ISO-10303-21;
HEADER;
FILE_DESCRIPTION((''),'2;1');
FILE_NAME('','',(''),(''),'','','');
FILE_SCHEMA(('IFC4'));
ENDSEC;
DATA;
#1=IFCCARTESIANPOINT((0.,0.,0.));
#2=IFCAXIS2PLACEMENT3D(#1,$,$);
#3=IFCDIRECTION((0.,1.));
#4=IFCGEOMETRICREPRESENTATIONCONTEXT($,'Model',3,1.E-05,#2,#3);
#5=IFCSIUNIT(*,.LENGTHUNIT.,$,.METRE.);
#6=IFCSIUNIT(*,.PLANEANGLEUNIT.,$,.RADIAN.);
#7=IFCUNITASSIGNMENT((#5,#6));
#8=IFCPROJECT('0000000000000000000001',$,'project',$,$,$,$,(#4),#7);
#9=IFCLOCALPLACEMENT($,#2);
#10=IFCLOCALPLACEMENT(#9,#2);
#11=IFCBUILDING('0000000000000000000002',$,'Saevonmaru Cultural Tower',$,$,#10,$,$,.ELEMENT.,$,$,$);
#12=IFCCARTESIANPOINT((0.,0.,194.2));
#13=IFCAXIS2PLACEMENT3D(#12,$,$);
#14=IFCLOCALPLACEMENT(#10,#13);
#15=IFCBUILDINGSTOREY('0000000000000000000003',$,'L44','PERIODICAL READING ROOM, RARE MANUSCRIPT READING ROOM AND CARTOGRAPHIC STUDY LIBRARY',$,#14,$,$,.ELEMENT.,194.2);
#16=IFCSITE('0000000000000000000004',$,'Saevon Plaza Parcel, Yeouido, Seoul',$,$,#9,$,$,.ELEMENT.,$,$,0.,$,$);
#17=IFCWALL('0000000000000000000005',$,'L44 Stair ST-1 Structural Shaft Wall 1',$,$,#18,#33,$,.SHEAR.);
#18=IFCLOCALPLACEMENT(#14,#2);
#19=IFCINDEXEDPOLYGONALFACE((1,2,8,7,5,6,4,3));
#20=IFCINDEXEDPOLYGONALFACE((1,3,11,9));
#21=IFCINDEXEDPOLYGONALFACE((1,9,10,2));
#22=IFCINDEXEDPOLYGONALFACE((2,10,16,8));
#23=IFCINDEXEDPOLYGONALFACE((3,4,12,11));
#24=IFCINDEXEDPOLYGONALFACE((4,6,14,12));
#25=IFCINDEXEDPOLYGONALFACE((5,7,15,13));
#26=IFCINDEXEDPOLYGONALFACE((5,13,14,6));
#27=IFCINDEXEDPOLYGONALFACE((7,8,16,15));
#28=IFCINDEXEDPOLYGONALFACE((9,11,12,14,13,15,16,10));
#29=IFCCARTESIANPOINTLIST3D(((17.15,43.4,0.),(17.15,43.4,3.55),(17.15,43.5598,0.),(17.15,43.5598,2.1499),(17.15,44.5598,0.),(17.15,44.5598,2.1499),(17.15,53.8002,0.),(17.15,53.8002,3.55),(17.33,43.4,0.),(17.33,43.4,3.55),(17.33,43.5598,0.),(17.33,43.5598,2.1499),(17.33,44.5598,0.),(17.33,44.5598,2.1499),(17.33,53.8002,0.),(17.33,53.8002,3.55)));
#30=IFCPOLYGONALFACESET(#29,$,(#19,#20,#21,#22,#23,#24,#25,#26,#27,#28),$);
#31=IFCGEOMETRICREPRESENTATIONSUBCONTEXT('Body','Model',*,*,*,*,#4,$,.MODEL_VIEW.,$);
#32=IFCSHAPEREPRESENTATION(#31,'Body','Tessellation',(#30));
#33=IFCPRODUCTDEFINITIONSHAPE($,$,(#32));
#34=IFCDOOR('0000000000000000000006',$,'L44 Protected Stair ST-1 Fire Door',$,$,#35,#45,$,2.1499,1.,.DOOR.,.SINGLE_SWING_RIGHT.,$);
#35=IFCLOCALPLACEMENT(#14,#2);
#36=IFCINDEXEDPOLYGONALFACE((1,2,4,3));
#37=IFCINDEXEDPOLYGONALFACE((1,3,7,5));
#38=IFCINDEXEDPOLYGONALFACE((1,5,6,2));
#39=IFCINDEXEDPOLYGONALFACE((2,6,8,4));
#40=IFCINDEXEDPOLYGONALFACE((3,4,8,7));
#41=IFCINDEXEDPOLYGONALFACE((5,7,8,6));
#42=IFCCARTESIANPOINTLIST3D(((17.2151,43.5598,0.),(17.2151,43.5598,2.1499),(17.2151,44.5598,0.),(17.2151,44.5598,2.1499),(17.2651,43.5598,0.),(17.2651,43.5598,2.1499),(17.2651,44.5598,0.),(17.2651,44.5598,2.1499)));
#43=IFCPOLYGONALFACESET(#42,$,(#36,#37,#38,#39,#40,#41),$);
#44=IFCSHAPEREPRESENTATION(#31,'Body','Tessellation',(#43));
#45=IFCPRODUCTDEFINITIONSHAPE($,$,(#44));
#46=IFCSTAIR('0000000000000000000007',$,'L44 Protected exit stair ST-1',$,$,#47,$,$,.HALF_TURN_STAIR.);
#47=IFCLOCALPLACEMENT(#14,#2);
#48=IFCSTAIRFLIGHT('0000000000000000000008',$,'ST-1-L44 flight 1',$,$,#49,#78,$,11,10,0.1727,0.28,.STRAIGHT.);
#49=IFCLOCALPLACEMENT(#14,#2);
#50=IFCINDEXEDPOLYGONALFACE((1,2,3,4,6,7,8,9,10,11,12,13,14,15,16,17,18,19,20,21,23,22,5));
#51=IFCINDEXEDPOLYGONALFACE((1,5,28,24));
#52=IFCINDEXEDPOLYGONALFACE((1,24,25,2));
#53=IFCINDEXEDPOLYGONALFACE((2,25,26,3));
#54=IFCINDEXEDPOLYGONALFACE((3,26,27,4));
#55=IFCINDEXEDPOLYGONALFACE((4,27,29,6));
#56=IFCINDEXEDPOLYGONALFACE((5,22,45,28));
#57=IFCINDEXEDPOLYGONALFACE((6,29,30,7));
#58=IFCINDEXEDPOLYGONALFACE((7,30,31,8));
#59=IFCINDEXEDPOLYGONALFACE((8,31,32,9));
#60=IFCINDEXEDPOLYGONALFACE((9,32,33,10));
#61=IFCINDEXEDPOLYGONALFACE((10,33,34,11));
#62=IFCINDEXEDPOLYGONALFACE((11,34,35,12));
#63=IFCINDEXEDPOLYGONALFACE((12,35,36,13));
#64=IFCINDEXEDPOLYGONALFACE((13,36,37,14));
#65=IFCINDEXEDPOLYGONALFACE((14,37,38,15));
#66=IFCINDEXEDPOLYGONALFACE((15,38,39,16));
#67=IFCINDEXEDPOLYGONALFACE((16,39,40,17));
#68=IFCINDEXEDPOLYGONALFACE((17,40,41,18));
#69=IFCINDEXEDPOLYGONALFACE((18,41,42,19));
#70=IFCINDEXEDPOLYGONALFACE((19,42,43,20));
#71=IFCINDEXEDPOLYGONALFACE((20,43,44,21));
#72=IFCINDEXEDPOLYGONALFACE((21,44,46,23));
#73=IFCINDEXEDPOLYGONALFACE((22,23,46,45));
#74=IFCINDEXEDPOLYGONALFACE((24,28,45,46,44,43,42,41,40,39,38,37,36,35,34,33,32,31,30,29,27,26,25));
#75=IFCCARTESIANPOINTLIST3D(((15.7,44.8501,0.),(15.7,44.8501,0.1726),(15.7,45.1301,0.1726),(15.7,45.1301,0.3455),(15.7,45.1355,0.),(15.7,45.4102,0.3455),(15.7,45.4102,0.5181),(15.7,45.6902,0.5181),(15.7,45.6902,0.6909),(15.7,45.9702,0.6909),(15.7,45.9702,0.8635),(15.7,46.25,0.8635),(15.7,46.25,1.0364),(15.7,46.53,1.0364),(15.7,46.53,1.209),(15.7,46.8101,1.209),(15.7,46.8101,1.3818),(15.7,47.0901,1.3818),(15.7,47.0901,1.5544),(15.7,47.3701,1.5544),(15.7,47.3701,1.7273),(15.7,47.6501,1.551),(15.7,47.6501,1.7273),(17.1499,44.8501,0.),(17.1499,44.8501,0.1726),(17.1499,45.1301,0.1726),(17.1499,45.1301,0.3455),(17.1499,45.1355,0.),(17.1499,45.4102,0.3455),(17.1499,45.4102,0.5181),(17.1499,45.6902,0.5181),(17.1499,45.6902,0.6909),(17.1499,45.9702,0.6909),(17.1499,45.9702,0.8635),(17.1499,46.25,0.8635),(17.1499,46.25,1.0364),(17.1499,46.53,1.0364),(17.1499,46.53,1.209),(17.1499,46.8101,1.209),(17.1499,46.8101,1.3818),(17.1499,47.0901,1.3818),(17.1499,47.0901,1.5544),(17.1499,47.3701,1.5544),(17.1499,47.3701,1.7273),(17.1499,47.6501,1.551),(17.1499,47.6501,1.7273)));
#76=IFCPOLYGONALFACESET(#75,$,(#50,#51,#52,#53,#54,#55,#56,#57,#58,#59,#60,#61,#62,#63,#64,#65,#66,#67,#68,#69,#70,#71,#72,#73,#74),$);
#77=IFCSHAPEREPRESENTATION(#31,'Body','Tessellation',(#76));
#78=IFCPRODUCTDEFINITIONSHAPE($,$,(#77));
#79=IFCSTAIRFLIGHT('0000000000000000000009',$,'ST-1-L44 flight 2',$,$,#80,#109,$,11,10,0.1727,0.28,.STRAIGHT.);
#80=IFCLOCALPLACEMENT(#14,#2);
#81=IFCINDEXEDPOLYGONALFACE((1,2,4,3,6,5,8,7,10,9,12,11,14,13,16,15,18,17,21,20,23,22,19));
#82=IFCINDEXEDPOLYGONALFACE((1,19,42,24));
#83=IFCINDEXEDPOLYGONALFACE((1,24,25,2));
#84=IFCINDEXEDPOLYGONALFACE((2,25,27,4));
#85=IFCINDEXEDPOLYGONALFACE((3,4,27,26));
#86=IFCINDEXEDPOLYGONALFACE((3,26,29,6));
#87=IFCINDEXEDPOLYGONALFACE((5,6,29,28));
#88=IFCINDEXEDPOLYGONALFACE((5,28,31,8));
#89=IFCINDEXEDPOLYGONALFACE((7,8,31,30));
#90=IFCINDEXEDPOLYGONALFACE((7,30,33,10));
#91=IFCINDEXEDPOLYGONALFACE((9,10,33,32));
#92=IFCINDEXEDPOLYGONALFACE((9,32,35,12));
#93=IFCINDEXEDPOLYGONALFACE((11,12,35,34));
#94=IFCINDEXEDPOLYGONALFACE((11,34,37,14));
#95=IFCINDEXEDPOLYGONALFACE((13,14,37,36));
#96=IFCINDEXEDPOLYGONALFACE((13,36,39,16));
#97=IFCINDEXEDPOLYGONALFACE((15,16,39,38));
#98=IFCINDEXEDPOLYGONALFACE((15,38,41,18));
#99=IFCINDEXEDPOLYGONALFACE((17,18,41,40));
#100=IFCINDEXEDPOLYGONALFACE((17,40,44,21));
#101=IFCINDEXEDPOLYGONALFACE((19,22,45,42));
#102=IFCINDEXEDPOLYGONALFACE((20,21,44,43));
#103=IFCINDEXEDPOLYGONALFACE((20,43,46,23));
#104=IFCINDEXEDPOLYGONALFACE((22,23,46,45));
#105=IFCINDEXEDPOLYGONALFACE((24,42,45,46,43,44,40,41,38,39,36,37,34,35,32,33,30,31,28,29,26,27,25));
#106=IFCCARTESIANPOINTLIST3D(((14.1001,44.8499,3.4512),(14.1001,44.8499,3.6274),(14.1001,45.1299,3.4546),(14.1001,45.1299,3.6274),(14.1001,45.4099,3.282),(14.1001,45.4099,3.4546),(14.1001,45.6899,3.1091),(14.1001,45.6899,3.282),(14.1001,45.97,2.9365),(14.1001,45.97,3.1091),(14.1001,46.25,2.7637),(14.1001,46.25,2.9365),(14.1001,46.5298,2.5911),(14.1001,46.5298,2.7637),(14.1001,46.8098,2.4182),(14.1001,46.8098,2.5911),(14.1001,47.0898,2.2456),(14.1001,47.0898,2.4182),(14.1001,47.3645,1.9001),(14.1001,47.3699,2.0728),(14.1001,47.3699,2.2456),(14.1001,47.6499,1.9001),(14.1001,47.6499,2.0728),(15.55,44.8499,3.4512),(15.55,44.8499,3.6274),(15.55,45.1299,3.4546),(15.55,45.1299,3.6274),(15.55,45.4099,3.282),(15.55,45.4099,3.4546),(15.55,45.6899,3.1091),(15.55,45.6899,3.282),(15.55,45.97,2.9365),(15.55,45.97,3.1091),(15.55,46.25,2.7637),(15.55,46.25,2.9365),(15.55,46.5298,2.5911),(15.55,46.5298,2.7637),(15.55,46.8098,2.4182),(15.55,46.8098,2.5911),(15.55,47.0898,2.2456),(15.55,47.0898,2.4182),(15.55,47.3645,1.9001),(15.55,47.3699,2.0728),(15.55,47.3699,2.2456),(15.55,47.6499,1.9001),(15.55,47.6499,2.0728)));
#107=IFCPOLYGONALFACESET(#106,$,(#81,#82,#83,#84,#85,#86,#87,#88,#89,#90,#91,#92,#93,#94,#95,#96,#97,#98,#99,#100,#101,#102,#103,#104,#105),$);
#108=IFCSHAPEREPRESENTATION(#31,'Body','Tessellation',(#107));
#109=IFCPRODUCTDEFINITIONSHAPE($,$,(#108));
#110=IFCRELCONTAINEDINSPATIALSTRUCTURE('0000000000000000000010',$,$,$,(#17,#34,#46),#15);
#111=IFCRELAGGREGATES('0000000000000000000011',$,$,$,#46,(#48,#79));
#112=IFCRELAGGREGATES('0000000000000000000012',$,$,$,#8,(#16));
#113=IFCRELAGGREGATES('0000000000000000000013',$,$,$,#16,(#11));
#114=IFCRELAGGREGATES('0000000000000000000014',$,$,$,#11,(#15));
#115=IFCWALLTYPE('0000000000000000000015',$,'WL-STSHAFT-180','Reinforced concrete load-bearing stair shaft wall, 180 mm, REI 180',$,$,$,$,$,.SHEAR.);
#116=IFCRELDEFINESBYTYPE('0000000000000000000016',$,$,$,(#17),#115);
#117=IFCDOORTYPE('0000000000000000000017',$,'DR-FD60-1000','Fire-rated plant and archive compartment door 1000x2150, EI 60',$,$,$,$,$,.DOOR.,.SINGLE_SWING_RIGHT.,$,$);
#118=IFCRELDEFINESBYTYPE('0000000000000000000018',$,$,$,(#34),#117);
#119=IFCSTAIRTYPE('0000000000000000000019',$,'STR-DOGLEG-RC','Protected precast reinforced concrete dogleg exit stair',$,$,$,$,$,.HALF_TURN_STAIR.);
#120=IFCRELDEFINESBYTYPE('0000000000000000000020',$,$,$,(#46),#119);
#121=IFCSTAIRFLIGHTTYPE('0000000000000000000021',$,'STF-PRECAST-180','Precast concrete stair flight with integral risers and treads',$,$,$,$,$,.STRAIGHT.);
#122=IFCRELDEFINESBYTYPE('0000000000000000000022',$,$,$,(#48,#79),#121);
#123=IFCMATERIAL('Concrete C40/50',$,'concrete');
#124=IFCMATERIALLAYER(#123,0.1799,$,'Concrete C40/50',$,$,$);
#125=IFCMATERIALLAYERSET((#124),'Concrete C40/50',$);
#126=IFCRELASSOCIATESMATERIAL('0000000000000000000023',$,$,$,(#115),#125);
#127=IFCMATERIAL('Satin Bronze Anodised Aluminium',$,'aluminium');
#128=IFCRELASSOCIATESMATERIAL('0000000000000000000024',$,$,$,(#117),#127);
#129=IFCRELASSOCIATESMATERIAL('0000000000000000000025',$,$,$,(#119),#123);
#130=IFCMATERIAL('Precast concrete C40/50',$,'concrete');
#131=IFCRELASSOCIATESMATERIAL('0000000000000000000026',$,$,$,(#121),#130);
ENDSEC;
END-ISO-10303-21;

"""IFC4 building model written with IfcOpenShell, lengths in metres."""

from ifc_helpers import new_model, si_unit, direction, frame, frame_2d, origin, place, context, subcontext, project, spatial, polyline, rectangle, outline, extrude, material, layer, layer_set, type_object, element, fill, aggregate, save


model = new_model("IFC4")

# Units and contexts
model_context = context("Model", 3, precision=1e-05, world=origin(), true_north=direction((0.0, 1.0)))
body_context = subcontext(model_context, "Body", "Model", "MODEL_VIEW")
ifc_project = project(units=[si_unit("LENGTHUNIT", "METRE"), si_unit("PLANEANGLEUNIT", "RADIAN")], contexts=[model_context])

# Site, building, storey
site_placement = place(None, origin())
site = spatial("IfcSite", under=ifc_project, at=site_placement, Name="Saevon Plaza Parcel, Yeouido, Seoul", CompositionType="ELEMENT", RefElevation=0.0)
building_placement = place(site_placement, origin())
building = spatial("IfcBuilding", under=site, at=building_placement, Name="Saevonmaru Cultural Tower", CompositionType="ELEMENT")
storey_placement = place(building_placement, frame((0.0, 0.0, 194.2)))
storey = spatial("IfcBuildingStorey", under=building, at=storey_placement, Name="L44", Description="PERIODICAL READING ROOM, RARE MANUSCRIPT READING ROOM AND CARTOGRAPHIC STUDY LIBRARY", CompositionType="ELEMENT", Elevation=194.2)

# Shared definitions
ifc_material_1 = material(Name="Satin Bronze Anodised Aluminium", Category="aluminium")

# Shared definitions
ifc_material_2 = material(Name="Concrete C40/50", Category="concrete")

# Wall, opening, door
ifc_layer_1 = layer(ifc_material_2, 0.1799, Name="Concrete C40/50")
ifc_layer_set_1 = layer_set([ifc_layer_1], Name="Concrete C40/50")
wall_type_1 = type_object("IfcWallType", Name="WL-STSHAFT-180", Description="Reinforced concrete load-bearing stair shaft wall, 180 mm, REI 180", PredefinedType="SHEAR", material=ifc_layer_set_1)
wall_1_placement = place(storey_placement, frame((17.24, 43.3999, 0.0), z_axis=(0.0, 0.0, 1.0), x_axis=(0.0, 1.0, 0.0)))
wall_1 = element("IfcWall", 1, at=wall_1_placement, inside=storey, type_object=wall_type_1, Name="L44 Stair ST-1 Structural Shaft Wall 1", PredefinedType="SHEAR", context=body_context, shape_type="SweptSolid", body=[
    extrude(rectangle(XDim=10.4001, YDim=0.1799, at=frame_2d((5.2002, 0.0))), origin(), (0.0, 0.0, 1.0), 3.55),
])
opening_1_placement = place(wall_1_placement, frame((0.1599, 0.0, 0.0)))
opening_1 = element("IfcOpeningElement", 2, at=opening_1_placement, cuts=wall_1, PredefinedType="OPENING", context=body_context, shape_type="SweptSolid", body=[
    extrude(rectangle(XDim=1.0, YDim=2.1499, at=frame_2d((0.5, 1.075))), frame((0.0, 0.1001, 0.0), z_axis=(0.0, -1.0, 0.0), x_axis=(1.0, 0.0, 0.0)), (0.0, 0.0, 1.0), 0.2),
])
door_type_1 = type_object("IfcDoorType", Name="DR-FD60-1000", Description="Fire-rated plant and archive compartment door 1000x2150, EI 60", OperationType="SINGLE_SWING_RIGHT", PredefinedType="DOOR", material=ifc_material_1)
door_1_placement = place(opening_1_placement, origin())
door_1 = element("IfcDoor", 3, at=door_1_placement, inside=storey, type_object=door_type_1, Name="L44 Protected Stair ST-1 Fire Door", OperationType="SINGLE_SWING_RIGHT", OverallHeight=2.1499, OverallWidth=1.0, PredefinedType="DOOR", context=body_context, shape_type="SweptSolid", body=[
    extrude(rectangle(XDim=1.0, YDim=2.1499, at=frame_2d((0.5, 1.075))), frame((0.0, 0.0249, 0.0), z_axis=(0.0, -1.0, 0.0), x_axis=(1.0, 0.0, 0.0)), (0.0, 0.0, 1.0), 0.05),
])
fill(opening_1, door_1)

# Stair, stair flights
stair_type = type_object("IfcStairType", Name="STR-DOGLEG-RC", Description="Protected precast reinforced concrete dogleg exit stair", PredefinedType="HALF_TURN_STAIR", material=ifc_material_2)
stair_placement = place(storey_placement, origin())
stair = element("IfcStair", 4, at=stair_placement, inside=storey, type_object=stair_type, Name="L44 Protected exit stair ST-1", PredefinedType="HALF_TURN_STAIR")
ifc_material_3 = material(Name="Precast concrete C40/50", Category="concrete")
stair_flight_type = type_object("IfcStairFlightType", Name="STF-PRECAST-180", Description="Precast concrete stair flight with integral risers and treads", PredefinedType="STRAIGHT", material=ifc_material_3)
stair_flight_1_placement = place(storey_placement, frame((16.425, 44.8501, 0.0), z_axis=(0.0, 0.0, 1.0), x_axis=(0.0, 1.0, 0.0)))
stair_flight_1 = element("IfcStairFlight", 5, at=stair_flight_1_placement, type_object=stair_flight_type, Name="ST-1-L44 flight 1", NumberOfRisers=11, NumberOfTreads=10, PredefinedType="STRAIGHT", RiserHeight=0.1727, TreadLength=0.28, context=body_context, shape_type="SweptSolid", body=[
    extrude(outline(polyline([(0.0, 0.0), (0.0, 0.1726), (0.28, 0.1726), (0.28, 0.3455), (0.5601, 0.3455), (0.5601, 0.5181), (0.8401, 0.5181), (0.8401, 0.6909), (1.1201, 0.6909), (1.1201, 0.8635), (1.3999, 0.8635), (1.3999, 1.0364), (1.6799, 1.0364), (1.6799, 1.209), (1.96, 1.209), (1.96, 1.3818), (2.24, 1.3818), (2.24, 1.5544), (2.52, 1.5544), (2.52, 1.7273), (2.8, 1.7273), (2.8, 1.8999), (2.8, 1.551), (0.2854, 0.0), (0.0, 0.0)])), frame((0.0, 0.7251, 0.0), z_axis=(0.0, -1.0, 0.0), x_axis=(1.0, 0.0, 0.0)), (0.0, 0.0, 1.0), 1.45),
])
stair_flight_2_placement = place(storey_placement, frame((14.825, 47.6499, 1.9001), z_axis=(0.0, 0.0, 1.0), x_axis=(0.0, -1.0, 0.0)))
stair_flight_2 = element("IfcStairFlight", 6, at=stair_flight_2_placement, type_object=stair_flight_type, Name="ST-1-L44 flight 2", NumberOfRisers=11, NumberOfTreads=10, PredefinedType="STRAIGHT", RiserHeight=0.1727, TreadLength=0.28, context=body_context, shape_type="SweptSolid", body=[
    extrude(outline(polyline([(0.0, 0.0), (0.0, 0.1726), (0.28, 0.1726), (0.28, 0.3455), (0.5601, 0.3455), (0.5601, 0.5181), (0.8401, 0.5181), (0.8401, 0.6909), (1.1201, 0.6909), (1.1201, 0.8635), (1.3999, 0.8635), (1.3999, 1.0364), (1.6799, 1.0364), (1.6799, 1.209), (1.96, 1.209), (1.96, 1.3818), (2.24, 1.3818), (2.24, 1.5544), (2.52, 1.5544), (2.52, 1.7273), (2.8, 1.7273), (2.8, 1.8999), (2.8, 1.551), (0.2854, 0.0), (0.0, 0.0)])), frame((0.0, 0.7251, 0.0), z_axis=(0.0, -1.0, 0.0), x_axis=(1.0, 0.0, 0.0)), (0.0, 0.0, 1.0), 1.45),
])
aggregate(stair, [stair_flight_1, stair_flight_2])

save(model, "model.ifc")
